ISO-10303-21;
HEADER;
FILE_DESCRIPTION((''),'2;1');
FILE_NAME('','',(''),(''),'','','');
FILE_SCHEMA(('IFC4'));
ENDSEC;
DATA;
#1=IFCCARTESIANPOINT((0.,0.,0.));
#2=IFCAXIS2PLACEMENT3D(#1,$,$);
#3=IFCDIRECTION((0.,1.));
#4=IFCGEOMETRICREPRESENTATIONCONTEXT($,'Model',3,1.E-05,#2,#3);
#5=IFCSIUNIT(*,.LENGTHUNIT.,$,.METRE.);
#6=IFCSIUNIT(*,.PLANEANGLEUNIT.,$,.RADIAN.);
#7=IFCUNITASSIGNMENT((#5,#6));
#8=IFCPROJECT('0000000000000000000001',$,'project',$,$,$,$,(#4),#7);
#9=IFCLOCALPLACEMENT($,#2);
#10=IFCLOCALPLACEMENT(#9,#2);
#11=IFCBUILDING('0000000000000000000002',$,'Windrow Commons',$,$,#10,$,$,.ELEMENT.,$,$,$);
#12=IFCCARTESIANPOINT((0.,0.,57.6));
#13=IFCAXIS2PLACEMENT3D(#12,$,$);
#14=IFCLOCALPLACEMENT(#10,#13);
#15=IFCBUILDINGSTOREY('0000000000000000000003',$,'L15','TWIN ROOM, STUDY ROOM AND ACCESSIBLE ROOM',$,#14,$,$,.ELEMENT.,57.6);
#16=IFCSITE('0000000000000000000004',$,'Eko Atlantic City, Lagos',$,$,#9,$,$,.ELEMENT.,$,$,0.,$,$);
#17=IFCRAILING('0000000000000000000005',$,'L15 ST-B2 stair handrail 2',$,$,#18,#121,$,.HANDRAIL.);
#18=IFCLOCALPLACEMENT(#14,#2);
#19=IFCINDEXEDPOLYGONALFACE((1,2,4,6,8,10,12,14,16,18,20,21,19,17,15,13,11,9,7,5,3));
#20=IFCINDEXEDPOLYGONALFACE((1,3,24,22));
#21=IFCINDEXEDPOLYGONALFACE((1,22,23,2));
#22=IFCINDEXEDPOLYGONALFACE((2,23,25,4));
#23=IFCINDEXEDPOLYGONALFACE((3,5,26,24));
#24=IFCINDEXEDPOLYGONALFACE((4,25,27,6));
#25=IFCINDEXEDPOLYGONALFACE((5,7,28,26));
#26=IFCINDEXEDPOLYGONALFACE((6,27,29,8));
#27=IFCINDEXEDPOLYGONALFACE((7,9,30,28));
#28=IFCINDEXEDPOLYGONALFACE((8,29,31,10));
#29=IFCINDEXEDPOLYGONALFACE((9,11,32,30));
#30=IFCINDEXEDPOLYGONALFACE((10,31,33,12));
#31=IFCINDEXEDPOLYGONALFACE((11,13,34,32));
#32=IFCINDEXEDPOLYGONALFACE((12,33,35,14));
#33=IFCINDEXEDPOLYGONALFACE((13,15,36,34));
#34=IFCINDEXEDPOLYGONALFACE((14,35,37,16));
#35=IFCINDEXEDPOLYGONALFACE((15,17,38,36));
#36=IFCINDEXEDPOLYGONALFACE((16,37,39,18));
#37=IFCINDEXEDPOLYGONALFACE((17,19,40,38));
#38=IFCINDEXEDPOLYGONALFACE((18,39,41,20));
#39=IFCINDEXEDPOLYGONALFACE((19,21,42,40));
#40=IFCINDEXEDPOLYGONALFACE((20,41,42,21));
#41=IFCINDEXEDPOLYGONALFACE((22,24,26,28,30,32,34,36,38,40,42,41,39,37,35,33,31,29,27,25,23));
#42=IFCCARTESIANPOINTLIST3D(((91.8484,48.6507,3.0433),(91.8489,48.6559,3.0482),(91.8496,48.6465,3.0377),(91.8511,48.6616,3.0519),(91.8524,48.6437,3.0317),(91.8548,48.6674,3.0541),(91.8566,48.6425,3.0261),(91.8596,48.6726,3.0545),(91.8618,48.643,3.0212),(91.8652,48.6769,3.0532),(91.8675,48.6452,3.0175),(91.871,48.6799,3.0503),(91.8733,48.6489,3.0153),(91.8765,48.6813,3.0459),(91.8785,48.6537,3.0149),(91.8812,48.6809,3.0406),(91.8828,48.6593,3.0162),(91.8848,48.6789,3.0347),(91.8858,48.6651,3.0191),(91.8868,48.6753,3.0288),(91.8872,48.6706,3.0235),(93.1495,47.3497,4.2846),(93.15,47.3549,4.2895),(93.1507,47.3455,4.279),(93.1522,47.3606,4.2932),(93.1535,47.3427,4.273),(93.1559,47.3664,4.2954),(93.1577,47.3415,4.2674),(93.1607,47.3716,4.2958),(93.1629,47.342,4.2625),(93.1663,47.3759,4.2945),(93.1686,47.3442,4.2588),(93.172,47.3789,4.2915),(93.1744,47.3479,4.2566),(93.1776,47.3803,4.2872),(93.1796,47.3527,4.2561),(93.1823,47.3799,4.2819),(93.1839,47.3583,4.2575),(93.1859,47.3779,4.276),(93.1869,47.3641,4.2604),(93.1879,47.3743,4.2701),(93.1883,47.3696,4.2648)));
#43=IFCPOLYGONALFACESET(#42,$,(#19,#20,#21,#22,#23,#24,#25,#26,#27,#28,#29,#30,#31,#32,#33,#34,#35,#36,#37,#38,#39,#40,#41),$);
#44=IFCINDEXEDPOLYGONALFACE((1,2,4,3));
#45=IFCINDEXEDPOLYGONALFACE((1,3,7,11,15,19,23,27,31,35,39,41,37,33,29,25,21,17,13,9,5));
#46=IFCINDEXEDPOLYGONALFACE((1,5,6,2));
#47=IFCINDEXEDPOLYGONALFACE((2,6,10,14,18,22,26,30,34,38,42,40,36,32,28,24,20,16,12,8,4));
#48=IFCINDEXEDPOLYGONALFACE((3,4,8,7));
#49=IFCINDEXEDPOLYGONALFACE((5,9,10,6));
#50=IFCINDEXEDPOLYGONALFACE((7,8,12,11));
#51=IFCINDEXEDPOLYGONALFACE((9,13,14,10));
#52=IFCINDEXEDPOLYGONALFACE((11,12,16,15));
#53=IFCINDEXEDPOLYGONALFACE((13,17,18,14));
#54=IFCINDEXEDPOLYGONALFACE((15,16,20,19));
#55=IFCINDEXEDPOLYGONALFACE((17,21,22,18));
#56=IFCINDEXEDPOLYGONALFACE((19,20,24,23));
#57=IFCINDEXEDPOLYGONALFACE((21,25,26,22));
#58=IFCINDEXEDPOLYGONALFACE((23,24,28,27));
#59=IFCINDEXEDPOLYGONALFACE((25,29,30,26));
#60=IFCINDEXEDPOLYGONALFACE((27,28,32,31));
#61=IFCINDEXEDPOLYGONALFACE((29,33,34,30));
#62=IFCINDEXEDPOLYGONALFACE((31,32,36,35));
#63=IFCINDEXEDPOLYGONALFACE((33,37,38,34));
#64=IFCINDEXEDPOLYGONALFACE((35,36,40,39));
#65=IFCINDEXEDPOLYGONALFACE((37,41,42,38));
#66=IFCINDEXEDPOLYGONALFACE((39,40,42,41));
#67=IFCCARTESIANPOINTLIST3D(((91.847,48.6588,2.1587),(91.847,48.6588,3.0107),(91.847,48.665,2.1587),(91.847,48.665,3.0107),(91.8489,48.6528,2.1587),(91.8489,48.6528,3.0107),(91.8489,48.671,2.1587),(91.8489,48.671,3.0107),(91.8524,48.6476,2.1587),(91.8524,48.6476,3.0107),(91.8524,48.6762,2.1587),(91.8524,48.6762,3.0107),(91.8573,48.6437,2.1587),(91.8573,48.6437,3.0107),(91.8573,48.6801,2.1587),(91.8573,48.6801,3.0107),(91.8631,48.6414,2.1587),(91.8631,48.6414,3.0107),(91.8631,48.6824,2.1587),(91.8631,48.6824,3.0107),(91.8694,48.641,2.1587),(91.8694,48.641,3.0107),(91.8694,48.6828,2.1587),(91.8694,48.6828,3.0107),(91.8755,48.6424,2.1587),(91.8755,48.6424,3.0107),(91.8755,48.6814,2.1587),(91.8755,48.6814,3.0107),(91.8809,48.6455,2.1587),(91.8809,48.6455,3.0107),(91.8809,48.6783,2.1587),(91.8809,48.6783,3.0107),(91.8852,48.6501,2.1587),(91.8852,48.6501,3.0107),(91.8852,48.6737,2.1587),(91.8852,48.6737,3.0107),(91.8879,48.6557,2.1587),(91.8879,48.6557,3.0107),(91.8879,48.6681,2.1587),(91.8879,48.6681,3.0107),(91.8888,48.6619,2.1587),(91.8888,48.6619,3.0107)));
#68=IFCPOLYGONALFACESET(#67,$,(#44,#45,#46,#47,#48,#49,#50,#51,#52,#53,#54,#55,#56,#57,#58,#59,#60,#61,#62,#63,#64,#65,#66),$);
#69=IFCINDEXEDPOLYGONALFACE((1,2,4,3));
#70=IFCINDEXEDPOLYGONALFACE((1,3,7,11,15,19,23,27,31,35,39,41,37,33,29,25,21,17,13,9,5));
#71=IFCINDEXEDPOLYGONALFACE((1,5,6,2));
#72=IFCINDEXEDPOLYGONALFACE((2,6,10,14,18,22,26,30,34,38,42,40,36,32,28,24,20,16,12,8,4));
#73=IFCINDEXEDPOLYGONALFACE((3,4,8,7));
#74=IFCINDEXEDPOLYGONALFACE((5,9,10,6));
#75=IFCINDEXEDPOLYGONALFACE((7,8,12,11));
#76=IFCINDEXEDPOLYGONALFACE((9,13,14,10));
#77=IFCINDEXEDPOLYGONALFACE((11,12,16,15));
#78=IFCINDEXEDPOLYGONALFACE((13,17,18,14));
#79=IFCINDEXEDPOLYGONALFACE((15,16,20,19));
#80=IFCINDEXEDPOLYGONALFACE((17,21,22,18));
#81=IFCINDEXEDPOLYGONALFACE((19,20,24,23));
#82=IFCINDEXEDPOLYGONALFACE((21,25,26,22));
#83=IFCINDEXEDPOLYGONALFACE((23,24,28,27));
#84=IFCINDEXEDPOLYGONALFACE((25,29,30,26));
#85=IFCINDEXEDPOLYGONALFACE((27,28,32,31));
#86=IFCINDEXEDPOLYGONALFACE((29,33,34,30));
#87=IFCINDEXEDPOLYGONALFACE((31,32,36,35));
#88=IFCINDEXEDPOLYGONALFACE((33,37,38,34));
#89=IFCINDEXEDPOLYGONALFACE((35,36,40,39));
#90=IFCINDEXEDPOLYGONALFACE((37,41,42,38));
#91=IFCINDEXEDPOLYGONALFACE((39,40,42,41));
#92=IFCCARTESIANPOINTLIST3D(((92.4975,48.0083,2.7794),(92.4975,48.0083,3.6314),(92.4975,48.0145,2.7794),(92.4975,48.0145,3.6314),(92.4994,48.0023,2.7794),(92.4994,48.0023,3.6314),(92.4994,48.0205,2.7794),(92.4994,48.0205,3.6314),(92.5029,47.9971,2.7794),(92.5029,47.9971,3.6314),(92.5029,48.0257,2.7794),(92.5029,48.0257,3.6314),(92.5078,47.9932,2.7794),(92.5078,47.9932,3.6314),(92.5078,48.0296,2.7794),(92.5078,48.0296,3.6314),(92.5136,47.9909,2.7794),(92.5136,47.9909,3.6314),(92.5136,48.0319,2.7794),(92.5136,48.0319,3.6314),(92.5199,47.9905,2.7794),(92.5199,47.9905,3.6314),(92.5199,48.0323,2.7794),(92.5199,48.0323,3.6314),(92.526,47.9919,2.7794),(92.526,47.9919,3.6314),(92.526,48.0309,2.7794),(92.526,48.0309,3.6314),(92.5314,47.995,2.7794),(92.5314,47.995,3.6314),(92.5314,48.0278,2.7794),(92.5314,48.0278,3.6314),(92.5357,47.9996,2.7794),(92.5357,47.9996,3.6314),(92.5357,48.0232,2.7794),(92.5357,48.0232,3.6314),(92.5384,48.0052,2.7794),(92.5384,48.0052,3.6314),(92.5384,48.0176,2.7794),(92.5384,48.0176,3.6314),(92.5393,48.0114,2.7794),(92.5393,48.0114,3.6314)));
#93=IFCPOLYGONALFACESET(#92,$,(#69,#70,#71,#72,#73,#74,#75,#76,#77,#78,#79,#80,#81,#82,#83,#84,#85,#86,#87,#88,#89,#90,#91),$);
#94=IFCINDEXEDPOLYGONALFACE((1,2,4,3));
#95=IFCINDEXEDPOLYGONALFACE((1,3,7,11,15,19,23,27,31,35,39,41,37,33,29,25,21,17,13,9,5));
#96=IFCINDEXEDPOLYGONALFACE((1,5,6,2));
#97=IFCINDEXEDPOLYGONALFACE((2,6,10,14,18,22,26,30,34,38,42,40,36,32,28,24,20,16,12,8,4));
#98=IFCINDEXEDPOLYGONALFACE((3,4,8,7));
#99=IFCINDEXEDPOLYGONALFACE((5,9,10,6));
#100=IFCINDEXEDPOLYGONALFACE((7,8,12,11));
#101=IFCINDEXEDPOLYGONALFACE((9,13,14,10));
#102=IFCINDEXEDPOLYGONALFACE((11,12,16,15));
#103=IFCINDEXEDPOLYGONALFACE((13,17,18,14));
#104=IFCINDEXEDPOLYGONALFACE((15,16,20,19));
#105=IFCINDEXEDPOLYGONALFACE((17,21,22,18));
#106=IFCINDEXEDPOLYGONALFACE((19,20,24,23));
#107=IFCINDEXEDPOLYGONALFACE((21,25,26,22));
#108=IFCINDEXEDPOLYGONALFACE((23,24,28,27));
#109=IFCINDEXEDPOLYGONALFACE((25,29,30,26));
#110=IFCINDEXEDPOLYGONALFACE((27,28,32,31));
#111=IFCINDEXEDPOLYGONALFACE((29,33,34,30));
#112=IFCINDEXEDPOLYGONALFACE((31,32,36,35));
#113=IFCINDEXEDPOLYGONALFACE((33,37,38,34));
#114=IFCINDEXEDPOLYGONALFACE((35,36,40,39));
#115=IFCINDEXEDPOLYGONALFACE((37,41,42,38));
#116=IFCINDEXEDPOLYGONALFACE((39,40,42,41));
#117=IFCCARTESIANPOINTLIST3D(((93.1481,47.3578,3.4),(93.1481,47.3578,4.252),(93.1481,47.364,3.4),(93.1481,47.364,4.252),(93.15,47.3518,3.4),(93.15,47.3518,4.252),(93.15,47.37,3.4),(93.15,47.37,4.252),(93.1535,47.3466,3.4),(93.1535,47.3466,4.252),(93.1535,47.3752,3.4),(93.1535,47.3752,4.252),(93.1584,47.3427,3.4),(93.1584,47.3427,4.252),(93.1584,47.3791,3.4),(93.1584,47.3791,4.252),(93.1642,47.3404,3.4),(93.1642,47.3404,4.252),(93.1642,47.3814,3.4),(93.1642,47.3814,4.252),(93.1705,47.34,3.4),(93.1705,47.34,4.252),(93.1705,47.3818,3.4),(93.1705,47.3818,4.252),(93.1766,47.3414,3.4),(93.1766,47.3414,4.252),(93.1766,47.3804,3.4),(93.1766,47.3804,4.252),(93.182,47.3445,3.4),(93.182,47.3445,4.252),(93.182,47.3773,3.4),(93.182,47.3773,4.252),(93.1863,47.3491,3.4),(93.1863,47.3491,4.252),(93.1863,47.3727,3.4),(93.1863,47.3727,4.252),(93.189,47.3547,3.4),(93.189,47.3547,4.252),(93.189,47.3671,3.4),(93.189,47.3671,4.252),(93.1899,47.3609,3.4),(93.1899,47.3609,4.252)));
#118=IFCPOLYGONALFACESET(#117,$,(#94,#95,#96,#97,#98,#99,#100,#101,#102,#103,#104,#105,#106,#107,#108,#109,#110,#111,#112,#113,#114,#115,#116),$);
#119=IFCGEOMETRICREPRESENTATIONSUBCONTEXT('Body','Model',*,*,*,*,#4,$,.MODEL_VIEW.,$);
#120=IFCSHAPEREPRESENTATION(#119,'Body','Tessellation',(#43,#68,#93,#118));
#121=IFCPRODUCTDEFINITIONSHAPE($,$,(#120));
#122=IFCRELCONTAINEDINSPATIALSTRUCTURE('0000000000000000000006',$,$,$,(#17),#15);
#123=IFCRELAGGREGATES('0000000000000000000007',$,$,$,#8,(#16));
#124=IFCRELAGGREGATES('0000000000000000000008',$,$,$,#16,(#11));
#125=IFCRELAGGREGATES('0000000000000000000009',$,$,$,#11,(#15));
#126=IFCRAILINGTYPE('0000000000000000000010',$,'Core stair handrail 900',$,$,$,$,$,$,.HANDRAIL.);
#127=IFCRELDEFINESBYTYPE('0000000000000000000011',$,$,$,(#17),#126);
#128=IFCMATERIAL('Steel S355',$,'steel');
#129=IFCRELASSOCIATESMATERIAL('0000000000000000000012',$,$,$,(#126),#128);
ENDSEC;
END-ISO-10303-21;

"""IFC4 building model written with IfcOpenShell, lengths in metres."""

from ifc_helpers import new_model, si_unit, direction, frame, origin, origin_2d, place, context, subcontext, project, spatial, circle, extrude, material, type_object, element, save


model = new_model("IFC4")

# Units and contexts
model_context = context("Model", 3, precision=1e-05, world=origin(), true_north=direction((0.0, 1.0)))
body_context = subcontext(model_context, "Body", "Model", "MODEL_VIEW")
ifc_project = project(units=[si_unit("LENGTHUNIT", "METRE"), si_unit("PLANEANGLEUNIT", "RADIAN")], contexts=[model_context])

# Site, building, storey
site_placement = place(None, origin())
site = spatial("IfcSite", under=ifc_project, at=site_placement, Name="Eko Atlantic City, Lagos", CompositionType="ELEMENT", RefElevation=0.0)
building_placement = place(site_placement, origin())
building = spatial("IfcBuilding", under=site, at=building_placement, Name="Windrow Commons", CompositionType="ELEMENT")
storey_placement = place(building_placement, frame((0.0, 0.0, 57.6)))
storey = spatial("IfcBuildingStorey", under=building, at=storey_placement, Name="L15", Description="TWIN ROOM, STUDY ROOM AND ACCESSIBLE ROOM", CompositionType="ELEMENT", Elevation=57.6)

# Railing
ifc_material_1 = material(Name="Steel S355", Category="steel")
railing_type_1 = type_object("IfcRailingType", Name="Core stair handrail 900", PredefinedType="HANDRAIL", material=ifc_material_1)
railing_1_placement = place(storey_placement, frame((91.8678, 48.6619, 2.1587)))
element("IfcRailing", 1, at=railing_1_placement, inside=storey, type_object=railing_type_1, Name="L15 ST-B2 stair handrail 2", PredefinedType="HANDRAIL", context=body_context, shape_type="SweptSolid", body=[
    extrude(circle(Radius=0.024, at=origin_2d()), frame((0.0, 0.0, 0.876), z_axis=(0.586207, -0.586162, 0.559264), x_axis=(0.70708, 0.707134, 0.0)), (0.0, 0.0, 1.0), 2.2195),
    extrude(circle(Radius=0.021, at=origin_2d()), origin(), (0.0, 0.0, 1.0), 0.852),
    extrude(circle(Radius=0.021, at=origin_2d()), frame((0.6505, -0.6505, 0.6207)), (0.0, 0.0, 1.0), 0.852),
    extrude(circle(Radius=0.021, at=origin_2d()), frame((1.3011, -1.301, 1.2413)), (0.0, 0.0, 1.0), 0.852),
])

save(model, "model.ifc")
